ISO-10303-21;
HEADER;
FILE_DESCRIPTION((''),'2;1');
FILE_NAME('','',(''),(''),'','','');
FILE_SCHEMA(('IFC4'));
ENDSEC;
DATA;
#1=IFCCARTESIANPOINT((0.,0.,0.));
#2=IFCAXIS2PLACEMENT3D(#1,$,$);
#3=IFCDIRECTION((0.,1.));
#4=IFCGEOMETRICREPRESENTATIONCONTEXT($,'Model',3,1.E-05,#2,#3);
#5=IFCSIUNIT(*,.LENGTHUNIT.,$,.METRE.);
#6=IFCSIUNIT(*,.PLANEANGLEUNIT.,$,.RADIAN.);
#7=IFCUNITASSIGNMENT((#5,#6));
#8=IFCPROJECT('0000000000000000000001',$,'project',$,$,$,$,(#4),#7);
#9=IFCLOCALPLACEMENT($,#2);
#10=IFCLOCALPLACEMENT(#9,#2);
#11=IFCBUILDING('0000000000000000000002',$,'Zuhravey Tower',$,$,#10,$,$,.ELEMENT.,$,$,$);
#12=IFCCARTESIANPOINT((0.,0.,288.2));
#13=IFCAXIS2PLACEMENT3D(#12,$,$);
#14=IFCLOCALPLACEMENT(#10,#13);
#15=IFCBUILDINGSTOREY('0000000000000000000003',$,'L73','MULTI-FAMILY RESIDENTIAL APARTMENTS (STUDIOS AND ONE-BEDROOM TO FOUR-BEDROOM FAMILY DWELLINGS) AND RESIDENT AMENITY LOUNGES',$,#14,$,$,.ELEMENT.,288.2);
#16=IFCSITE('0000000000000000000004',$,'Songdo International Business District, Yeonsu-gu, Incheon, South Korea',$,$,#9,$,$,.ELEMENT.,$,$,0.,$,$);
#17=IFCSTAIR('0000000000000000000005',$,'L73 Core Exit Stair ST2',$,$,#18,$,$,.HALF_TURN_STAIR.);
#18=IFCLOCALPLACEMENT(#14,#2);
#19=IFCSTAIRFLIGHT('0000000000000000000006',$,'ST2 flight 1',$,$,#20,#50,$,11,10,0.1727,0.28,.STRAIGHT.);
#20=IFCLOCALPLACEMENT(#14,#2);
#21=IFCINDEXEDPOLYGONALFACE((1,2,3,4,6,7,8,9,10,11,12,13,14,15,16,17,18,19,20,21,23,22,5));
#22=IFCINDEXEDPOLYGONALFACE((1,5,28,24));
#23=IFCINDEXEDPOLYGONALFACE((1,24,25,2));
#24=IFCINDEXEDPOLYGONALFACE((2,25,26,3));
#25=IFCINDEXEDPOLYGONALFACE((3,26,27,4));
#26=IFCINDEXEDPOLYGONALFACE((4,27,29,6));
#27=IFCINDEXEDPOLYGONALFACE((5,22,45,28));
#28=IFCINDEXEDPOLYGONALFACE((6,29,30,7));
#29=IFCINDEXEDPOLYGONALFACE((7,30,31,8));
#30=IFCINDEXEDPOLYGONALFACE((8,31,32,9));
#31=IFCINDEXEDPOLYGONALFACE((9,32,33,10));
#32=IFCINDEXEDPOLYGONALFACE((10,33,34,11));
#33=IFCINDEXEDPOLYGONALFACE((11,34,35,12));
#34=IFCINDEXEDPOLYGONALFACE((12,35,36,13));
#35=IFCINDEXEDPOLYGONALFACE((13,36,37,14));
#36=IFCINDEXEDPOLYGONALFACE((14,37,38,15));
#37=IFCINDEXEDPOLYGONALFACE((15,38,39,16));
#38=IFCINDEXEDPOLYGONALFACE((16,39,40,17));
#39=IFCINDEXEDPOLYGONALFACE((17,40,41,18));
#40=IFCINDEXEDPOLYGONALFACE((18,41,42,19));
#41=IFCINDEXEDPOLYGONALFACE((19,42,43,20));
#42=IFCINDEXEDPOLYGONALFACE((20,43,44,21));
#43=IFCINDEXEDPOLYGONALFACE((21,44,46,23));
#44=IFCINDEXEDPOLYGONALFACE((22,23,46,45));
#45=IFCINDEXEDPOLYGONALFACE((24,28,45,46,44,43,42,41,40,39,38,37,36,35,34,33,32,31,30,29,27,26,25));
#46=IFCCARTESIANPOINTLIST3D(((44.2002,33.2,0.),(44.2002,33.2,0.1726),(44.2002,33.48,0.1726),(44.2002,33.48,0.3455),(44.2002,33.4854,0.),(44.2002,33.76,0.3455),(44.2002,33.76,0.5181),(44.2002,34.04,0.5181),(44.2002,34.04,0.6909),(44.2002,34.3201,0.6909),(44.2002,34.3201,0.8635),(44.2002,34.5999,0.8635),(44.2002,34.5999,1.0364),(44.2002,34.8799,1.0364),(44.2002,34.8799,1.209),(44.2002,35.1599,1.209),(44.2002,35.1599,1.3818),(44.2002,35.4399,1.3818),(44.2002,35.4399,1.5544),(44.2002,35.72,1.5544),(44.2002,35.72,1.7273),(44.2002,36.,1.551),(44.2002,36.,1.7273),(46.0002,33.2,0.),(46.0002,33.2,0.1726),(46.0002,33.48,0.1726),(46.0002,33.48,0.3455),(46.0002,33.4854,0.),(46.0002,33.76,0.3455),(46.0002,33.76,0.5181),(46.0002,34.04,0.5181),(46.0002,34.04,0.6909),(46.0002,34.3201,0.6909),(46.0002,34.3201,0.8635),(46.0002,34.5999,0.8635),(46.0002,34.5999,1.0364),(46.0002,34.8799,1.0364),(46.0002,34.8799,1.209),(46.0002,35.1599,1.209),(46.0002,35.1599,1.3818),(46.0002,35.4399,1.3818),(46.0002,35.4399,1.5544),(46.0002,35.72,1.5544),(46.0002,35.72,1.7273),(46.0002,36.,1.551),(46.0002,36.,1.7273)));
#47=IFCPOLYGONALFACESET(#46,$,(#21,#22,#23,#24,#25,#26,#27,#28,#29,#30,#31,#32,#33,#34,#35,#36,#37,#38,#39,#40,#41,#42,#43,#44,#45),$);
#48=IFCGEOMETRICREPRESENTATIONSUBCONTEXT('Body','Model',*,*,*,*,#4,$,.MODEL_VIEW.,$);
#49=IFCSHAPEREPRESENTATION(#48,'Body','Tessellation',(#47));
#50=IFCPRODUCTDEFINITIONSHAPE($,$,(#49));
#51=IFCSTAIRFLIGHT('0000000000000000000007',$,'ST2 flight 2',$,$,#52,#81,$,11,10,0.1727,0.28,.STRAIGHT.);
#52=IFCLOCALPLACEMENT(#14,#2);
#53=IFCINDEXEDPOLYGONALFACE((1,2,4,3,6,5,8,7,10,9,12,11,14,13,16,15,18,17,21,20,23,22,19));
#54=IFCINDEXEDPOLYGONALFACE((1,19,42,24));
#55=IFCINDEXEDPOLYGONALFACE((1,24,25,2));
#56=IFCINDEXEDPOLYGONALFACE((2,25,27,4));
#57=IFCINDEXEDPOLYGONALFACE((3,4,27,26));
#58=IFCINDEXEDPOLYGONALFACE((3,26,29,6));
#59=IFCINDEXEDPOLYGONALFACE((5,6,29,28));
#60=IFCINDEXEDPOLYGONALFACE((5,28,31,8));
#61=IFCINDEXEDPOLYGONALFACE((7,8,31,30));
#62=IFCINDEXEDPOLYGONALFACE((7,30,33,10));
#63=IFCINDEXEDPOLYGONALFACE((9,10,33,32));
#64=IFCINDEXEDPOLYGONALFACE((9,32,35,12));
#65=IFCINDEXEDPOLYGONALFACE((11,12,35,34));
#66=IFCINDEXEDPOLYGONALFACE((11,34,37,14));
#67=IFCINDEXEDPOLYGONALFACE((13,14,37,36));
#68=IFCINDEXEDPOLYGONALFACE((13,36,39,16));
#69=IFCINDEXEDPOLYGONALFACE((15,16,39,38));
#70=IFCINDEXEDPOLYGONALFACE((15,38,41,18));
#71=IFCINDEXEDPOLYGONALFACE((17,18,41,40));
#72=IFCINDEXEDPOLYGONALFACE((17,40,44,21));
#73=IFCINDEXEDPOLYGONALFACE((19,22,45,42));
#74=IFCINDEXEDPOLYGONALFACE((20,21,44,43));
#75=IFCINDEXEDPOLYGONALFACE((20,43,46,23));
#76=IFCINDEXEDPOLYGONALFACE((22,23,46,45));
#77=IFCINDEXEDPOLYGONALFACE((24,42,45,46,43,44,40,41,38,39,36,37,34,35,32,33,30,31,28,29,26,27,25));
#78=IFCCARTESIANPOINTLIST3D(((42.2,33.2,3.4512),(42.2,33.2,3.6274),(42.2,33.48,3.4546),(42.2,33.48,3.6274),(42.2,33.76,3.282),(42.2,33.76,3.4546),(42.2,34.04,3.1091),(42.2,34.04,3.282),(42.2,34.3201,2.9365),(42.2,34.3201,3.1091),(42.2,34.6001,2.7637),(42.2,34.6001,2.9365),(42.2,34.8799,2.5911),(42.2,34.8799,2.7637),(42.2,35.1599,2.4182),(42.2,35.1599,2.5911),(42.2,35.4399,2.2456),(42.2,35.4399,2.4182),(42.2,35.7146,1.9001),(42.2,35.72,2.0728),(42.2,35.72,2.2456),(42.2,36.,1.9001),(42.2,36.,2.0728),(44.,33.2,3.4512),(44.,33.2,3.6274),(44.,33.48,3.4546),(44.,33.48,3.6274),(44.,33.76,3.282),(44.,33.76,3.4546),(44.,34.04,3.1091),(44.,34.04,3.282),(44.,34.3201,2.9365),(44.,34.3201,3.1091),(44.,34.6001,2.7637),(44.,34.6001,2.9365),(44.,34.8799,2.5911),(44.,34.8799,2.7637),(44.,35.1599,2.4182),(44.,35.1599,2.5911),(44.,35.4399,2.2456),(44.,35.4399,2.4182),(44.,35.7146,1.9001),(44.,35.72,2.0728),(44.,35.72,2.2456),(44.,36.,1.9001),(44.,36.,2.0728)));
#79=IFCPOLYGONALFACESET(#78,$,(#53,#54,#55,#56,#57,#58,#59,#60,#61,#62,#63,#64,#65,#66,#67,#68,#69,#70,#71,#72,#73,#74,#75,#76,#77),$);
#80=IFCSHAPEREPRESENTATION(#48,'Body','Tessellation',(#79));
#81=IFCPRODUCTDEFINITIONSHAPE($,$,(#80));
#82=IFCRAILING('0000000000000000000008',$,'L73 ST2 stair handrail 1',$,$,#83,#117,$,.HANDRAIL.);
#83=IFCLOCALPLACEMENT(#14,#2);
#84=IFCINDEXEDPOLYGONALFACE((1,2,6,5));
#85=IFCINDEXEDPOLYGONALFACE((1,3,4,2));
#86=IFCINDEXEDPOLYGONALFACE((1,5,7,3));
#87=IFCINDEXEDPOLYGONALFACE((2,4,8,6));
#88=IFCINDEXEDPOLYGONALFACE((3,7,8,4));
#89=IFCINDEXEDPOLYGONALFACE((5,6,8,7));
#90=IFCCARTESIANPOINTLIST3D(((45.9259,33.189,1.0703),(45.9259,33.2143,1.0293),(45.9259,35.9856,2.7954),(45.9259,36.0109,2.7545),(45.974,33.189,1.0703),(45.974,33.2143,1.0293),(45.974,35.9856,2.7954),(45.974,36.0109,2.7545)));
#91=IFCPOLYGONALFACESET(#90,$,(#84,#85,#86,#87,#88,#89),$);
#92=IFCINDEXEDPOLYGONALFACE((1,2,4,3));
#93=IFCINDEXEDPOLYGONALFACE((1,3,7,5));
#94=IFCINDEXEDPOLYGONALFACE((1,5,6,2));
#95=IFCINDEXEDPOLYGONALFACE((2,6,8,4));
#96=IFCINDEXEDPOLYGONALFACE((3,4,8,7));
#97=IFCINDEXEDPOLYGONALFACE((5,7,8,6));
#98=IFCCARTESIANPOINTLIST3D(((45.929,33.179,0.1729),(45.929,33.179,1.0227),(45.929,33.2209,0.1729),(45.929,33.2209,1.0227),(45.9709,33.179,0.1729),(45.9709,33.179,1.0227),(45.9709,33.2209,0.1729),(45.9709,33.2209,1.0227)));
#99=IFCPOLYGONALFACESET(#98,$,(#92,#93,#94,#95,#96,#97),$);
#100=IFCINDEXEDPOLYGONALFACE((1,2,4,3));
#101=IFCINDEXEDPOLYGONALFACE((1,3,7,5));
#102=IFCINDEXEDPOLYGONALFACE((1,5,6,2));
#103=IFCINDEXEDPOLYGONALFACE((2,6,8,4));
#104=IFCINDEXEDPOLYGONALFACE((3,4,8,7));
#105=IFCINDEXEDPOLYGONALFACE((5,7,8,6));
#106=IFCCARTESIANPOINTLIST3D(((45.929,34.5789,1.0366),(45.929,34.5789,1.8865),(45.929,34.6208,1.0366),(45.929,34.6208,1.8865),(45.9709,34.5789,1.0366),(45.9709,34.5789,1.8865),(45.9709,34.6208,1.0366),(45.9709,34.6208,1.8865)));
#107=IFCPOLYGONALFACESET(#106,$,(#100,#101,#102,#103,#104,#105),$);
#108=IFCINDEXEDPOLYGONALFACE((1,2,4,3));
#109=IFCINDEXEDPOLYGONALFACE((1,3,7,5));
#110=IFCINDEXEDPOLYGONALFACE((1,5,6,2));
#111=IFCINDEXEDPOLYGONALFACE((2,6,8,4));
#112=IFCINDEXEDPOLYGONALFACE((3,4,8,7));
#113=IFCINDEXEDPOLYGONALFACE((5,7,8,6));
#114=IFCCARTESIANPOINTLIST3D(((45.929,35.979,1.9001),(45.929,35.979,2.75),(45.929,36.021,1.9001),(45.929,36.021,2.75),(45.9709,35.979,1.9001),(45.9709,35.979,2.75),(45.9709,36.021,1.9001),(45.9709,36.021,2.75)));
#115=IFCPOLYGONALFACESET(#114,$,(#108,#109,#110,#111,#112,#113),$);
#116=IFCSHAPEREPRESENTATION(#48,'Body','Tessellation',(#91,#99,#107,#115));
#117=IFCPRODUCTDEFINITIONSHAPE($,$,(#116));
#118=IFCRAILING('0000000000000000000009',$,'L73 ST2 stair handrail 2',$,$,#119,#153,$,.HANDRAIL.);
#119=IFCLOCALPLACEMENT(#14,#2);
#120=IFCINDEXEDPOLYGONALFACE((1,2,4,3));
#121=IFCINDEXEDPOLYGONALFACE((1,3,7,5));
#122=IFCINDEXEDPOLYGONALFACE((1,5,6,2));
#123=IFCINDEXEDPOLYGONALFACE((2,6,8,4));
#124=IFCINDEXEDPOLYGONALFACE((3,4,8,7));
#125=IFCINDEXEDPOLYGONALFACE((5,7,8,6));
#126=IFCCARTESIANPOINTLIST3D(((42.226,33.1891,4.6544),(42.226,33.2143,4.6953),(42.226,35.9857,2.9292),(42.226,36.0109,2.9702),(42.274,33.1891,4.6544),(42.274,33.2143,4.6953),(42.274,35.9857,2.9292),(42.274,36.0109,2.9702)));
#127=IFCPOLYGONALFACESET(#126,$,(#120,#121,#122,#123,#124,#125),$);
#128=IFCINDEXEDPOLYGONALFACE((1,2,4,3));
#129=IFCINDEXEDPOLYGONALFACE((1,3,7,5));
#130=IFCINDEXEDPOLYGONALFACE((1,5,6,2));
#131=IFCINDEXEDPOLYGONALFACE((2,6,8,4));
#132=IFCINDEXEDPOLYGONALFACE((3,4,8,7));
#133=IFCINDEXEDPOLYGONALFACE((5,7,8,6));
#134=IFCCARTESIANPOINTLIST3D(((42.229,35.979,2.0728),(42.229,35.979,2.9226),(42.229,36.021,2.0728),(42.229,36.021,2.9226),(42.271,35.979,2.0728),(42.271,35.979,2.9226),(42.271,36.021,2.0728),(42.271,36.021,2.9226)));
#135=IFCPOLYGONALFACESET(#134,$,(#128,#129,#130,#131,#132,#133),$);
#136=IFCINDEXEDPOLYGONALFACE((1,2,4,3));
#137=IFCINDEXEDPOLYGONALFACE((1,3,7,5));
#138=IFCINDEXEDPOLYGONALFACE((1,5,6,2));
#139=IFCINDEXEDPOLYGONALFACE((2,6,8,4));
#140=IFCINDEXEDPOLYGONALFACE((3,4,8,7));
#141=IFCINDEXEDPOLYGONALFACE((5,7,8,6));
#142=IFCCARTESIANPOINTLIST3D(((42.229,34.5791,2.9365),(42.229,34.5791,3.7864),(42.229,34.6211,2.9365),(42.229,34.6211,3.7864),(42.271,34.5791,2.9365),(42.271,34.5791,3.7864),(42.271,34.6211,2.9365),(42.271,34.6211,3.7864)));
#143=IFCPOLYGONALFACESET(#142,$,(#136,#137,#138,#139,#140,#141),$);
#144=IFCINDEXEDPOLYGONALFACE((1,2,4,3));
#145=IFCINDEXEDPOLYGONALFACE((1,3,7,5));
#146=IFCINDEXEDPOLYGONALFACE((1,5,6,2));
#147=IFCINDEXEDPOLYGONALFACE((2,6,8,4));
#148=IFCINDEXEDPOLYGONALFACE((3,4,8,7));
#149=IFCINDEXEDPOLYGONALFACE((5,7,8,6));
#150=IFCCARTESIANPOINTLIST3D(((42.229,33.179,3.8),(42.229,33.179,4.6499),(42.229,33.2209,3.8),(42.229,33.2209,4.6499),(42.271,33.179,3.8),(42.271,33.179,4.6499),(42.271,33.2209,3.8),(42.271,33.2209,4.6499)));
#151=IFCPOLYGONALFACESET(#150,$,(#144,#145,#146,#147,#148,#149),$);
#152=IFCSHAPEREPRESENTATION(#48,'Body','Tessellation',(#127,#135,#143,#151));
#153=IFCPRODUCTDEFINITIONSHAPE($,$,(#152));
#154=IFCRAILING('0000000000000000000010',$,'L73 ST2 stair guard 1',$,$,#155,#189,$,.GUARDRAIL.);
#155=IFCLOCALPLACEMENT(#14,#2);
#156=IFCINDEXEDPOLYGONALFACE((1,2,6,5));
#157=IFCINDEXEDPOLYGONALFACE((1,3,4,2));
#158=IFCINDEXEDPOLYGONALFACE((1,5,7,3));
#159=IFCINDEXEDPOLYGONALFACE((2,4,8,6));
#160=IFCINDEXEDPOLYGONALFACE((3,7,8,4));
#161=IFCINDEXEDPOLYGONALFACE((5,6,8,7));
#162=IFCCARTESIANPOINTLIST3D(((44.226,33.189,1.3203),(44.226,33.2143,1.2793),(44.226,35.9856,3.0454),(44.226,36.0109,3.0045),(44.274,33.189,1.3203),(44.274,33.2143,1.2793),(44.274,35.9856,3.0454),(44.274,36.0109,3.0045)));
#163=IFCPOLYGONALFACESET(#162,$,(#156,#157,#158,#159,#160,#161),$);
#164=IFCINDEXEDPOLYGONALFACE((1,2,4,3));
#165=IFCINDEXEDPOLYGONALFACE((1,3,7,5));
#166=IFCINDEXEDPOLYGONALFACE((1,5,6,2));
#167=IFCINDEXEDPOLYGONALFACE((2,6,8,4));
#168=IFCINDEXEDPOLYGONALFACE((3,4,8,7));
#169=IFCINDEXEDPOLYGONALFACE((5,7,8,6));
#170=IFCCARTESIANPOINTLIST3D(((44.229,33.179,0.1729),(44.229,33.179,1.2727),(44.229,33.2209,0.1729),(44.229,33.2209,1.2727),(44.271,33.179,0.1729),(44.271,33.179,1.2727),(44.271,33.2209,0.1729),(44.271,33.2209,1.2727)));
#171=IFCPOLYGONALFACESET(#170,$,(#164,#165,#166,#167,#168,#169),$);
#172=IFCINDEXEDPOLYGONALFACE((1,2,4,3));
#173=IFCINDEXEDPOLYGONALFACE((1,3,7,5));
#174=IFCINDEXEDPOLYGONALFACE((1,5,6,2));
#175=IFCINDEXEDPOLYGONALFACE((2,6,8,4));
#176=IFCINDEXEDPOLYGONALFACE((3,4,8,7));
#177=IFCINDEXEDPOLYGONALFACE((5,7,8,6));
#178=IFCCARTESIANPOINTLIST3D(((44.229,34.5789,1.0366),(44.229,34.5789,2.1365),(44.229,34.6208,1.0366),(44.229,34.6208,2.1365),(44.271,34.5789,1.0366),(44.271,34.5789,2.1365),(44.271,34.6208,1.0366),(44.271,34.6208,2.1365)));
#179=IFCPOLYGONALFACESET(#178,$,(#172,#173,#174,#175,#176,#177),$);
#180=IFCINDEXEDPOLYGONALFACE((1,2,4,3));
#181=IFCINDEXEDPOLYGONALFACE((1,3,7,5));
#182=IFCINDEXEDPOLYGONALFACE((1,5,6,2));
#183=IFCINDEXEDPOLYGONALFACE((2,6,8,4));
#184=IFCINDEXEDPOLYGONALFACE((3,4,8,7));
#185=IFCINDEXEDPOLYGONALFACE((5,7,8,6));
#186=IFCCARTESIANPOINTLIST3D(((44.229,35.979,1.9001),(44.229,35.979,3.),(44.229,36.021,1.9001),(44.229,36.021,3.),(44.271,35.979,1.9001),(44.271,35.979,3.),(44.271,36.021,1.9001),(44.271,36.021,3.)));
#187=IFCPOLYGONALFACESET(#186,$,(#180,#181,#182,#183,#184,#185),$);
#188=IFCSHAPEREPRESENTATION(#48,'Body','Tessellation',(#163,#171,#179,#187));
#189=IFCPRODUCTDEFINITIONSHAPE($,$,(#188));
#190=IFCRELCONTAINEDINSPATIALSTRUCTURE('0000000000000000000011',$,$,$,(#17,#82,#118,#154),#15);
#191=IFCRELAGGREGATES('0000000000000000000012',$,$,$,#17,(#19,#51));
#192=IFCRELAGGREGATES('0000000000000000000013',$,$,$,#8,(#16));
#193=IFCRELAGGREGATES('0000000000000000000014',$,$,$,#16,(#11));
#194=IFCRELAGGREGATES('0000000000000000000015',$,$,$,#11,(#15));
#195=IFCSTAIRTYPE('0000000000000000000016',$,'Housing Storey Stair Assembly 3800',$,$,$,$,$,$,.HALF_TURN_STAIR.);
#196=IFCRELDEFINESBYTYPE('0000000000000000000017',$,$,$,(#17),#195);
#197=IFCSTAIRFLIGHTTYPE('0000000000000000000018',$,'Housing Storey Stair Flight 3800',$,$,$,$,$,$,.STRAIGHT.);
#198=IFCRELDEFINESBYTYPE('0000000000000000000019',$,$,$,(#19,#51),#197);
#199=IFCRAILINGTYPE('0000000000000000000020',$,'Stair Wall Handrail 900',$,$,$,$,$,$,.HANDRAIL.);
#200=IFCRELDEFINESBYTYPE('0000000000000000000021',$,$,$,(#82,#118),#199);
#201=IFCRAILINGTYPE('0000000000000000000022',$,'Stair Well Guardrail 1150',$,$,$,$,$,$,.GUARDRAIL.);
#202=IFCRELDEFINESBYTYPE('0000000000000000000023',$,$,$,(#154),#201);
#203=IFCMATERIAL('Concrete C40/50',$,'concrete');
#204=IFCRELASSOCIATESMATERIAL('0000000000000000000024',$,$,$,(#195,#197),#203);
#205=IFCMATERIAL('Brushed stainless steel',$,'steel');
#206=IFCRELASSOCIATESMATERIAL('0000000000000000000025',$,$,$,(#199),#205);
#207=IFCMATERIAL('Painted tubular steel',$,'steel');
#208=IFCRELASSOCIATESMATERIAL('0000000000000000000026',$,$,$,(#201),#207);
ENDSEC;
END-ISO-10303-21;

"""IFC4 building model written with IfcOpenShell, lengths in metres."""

from ifc_helpers import new_model, si_unit, direction, frame, origin, origin_2d, place, context, subcontext, project, spatial, polyline, rectangle, outline, extrude, material, type_object, element, aggregate, save


model = new_model("IFC4")

# Units and contexts
model_context = context("Model", 3, precision=1e-05, world=origin(), true_north=direction((0.0, 1.0)))
body_context = subcontext(model_context, "Body", "Model", "MODEL_VIEW")
ifc_project = project(units=[si_unit("LENGTHUNIT", "METRE"), si_unit("PLANEANGLEUNIT", "RADIAN")], contexts=[model_context])

# Site, building, storey
site_placement = place(None, origin())
site = spatial("IfcSite", under=ifc_project, at=site_placement, Name="Songdo International Business District, Yeonsu-gu, Incheon, South Korea", CompositionType="ELEMENT", RefElevation=0.0)
building_placement = place(site_placement, origin())
building = spatial("IfcBuilding", under=site, at=building_placement, Name="Zuhravey Tower", CompositionType="ELEMENT")
storey_placement = place(building_placement, frame((0.0, 0.0, 288.2)))
storey = spatial("IfcBuildingStorey", under=building, at=storey_placement, Name="L73", Description="MULTI-FAMILY RESIDENTIAL APARTMENTS (STUDIOS AND ONE-BEDROOM TO FOUR-BEDROOM FAMILY DWELLINGS) AND RESIDENT AMENITY LOUNGES", CompositionType="ELEMENT", Elevation=288.2)

# Stair, stair flights
ifc_material_1 = material(Name="Concrete C40/50", Category="concrete")
stair_type = type_object("IfcStairType", Name="Housing Storey Stair Assembly 3800", PredefinedType="HALF_TURN_STAIR", material=ifc_material_1)
stair_placement = place(storey_placement, origin())
stair = element("IfcStair", 1, at=stair_placement, inside=storey, type_object=stair_type, Name="L73 Core Exit Stair ST2", PredefinedType="HALF_TURN_STAIR")
stair_flight_type = type_object("IfcStairFlightType", Name="Housing Storey Stair Flight 3800", PredefinedType="STRAIGHT", material=ifc_material_1)
stair_flight_1_placement = place(storey_placement, frame((45.1001, 33.2, 0.0), z_axis=(0.0, 0.0, 1.0), x_axis=(0.0, 1.0, 0.0)))
stair_flight_1 = element("IfcStairFlight", 2, at=stair_flight_1_placement, type_object=stair_flight_type, Name="ST2 flight 1", NumberOfRisers=11, NumberOfTreads=10, PredefinedType="STRAIGHT", RiserHeight=0.1727, TreadLength=0.28, context=body_context, shape_type="SweptSolid", body=[
    extrude(outline(polyline([(0.0, 0.0), (0.0, 0.1726), (0.28, 0.1726), (0.28, 0.3455), (0.5601, 0.3455), (0.5601, 0.5181), (0.8401, 0.5181), (0.8401, 0.6909), (1.1201, 0.6909), (1.1201, 0.8635), (1.3999, 0.8635), (1.3999, 1.0364), (1.6799, 1.0364), (1.6799, 1.209), (1.96, 1.209), (1.96, 1.3818), (2.24, 1.3818), (2.24, 1.5544), (2.52, 1.5544), (2.52, 1.7273), (2.8, 1.7273), (2.8, 1.8999), (2.8, 1.551), (0.2854, 0.0), (0.0, 0.0)])), frame((0.0, 0.8999, 0.0), z_axis=(0.0, -1.0, 0.0), x_axis=(1.0, 0.0, 0.0)), (0.0, 0.0, 1.0), 1.8),
])
stair_flight_2_placement = place(storey_placement, frame((43.1001, 36.0, 1.9001), z_axis=(0.0, 0.0, 1.0), x_axis=(0.0, -1.0, 0.0)))
stair_flight_2 = element("IfcStairFlight", 3, at=stair_flight_2_placement, type_object=stair_flight_type, Name="ST2 flight 2", NumberOfRisers=11, NumberOfTreads=10, PredefinedType="STRAIGHT", RiserHeight=0.1727, TreadLength=0.28, context=body_context, shape_type="SweptSolid", body=[
    extrude(outline(polyline([(0.0, 0.0), (0.0, 0.1726), (0.28, 0.1726), (0.28, 0.3455), (0.5601, 0.3455), (0.5601, 0.5181), (0.8401, 0.5181), (0.8401, 0.6909), (1.1201, 0.6909), (1.1201, 0.8635), (1.3999, 0.8635), (1.3999, 1.0364), (1.6799, 1.0364), (1.6799, 1.209), (1.96, 1.209), (1.96, 1.3818), (2.24, 1.3818), (2.24, 1.5544), (2.52, 1.5544), (2.52, 1.7273), (2.8, 1.7273), (2.8, 1.8999), (2.8, 1.551), (0.2854, 0.0), (0.0, 0.0)])), frame((0.0, 0.8999, 0.0), z_axis=(0.0, -1.0, 0.0), x_axis=(1.0, 0.0, 0.0)), (0.0, 0.0, 1.0), 1.8),
])
aggregate(stair, [stair_flight_1, stair_flight_2])

# Railings
ifc_material_2 = material(Name="Brushed stainless steel", Category="steel")
railing_type_1 = type_object("IfcRailingType", Name="Stair Wall Handrail 900", PredefinedType="HANDRAIL", material=ifc_material_2)
railing_1_placement = place(storey_placement, frame((45.95, 33.2, 0.1729)))
element("IfcRailing", 4, at=railing_1_placement, inside=storey, type_object=railing_type_1, Name="L73 ST2 stair handrail 1", PredefinedType="HANDRAIL", context=body_context, shape_type="SweptSolid", body=[
    extrude(rectangle(XDim=0.0481, YDim=0.0481, at=origin_2d()), frame((0.0, 0.0017, 0.877), z_axis=(0.0, 0.85109, 0.52502), x_axis=(-1.0, 0.0, 0.0)), (0.0, 0.0, 1.0), 3.2859),
    extrude(rectangle(XDim=0.042, YDim=0.042, at=origin_2d()), origin(), (0.0, 0.0, 1.0), 0.8499),
    extrude(rectangle(XDim=0.042, YDim=0.042, at=origin_2d()), frame((0.0, 1.3999, 0.8638)), (0.0, 0.0, 1.0), 0.8499),
    extrude(rectangle(XDim=0.042, YDim=0.042, at=origin_2d()), frame((0.0, 2.8, 1.7273)), (0.0, 0.0, 1.0), 0.8499),
])
railing_2_placement = place(storey_placement, frame((42.25, 36.0, 2.0728)))
element("IfcRailing", 5, at=railing_2_placement, inside=storey, type_object=railing_type_1, Name="L73 ST2 stair handrail 2", PredefinedType="HANDRAIL", context=body_context, shape_type="SweptSolid", body=[
    extrude(rectangle(XDim=0.0481, YDim=0.0481, at=origin_2d()), frame((0.0, -0.0017, 0.877), z_axis=(0.0, -0.85109, 0.52502), x_axis=(1.0, 0.0, 0.0)), (0.0, 0.0, 1.0), 3.2859),
    extrude(rectangle(XDim=0.042, YDim=0.042, at=origin_2d()), origin(), (0.0, 0.0, 1.0), 0.8499),
    extrude(rectangle(XDim=0.042, YDim=0.042, at=origin_2d()), frame((0.0, -1.3999, 0.8638)), (0.0, 0.0, 1.0), 0.8499),
    extrude(rectangle(XDim=0.042, YDim=0.042, at=origin_2d()), frame((0.0, -2.8, 1.7273)), (0.0, 0.0, 1.0), 0.8499),
])
ifc_material_3 = material(Name="Painted tubular steel", Category="steel")
railing_type_2 = type_object("IfcRailingType", Name="Stair Well Guardrail 1150", PredefinedType="GUARDRAIL", material=ifc_material_3)
railing_3_placement = place(storey_placement, frame((44.25, 33.2, 0.1729)))
element("IfcRailing", 6, at=railing_3_placement, inside=storey, type_object=railing_type_2, Name="L73 ST2 stair guard 1", PredefinedType="GUARDRAIL", context=body_context, shape_type="SweptSolid", body=[
    extrude(rectangle(XDim=0.0481, YDim=0.0481, at=origin_2d()), frame((0.0, 0.0017, 1.127), z_axis=(0.0, 0.85109, 0.52502), x_axis=(-1.0, 0.0, 0.0)), (0.0, 0.0, 1.0), 3.2859),
    extrude(rectangle(XDim=0.042, YDim=0.042, at=origin_2d()), origin(), (0.0, 0.0, 1.0), 1.0999),
    extrude(rectangle(XDim=0.042, YDim=0.042, at=origin_2d()), frame((0.0, 1.3999, 0.8638)), (0.0, 0.0, 1.0), 1.0999),
    extrude(rectangle(XDim=0.042, YDim=0.042, at=origin_2d()), frame((0.0, 2.8, 1.7273)), (0.0, 0.0, 1.0), 1.0999),
])

save(model, "model.ifc")
